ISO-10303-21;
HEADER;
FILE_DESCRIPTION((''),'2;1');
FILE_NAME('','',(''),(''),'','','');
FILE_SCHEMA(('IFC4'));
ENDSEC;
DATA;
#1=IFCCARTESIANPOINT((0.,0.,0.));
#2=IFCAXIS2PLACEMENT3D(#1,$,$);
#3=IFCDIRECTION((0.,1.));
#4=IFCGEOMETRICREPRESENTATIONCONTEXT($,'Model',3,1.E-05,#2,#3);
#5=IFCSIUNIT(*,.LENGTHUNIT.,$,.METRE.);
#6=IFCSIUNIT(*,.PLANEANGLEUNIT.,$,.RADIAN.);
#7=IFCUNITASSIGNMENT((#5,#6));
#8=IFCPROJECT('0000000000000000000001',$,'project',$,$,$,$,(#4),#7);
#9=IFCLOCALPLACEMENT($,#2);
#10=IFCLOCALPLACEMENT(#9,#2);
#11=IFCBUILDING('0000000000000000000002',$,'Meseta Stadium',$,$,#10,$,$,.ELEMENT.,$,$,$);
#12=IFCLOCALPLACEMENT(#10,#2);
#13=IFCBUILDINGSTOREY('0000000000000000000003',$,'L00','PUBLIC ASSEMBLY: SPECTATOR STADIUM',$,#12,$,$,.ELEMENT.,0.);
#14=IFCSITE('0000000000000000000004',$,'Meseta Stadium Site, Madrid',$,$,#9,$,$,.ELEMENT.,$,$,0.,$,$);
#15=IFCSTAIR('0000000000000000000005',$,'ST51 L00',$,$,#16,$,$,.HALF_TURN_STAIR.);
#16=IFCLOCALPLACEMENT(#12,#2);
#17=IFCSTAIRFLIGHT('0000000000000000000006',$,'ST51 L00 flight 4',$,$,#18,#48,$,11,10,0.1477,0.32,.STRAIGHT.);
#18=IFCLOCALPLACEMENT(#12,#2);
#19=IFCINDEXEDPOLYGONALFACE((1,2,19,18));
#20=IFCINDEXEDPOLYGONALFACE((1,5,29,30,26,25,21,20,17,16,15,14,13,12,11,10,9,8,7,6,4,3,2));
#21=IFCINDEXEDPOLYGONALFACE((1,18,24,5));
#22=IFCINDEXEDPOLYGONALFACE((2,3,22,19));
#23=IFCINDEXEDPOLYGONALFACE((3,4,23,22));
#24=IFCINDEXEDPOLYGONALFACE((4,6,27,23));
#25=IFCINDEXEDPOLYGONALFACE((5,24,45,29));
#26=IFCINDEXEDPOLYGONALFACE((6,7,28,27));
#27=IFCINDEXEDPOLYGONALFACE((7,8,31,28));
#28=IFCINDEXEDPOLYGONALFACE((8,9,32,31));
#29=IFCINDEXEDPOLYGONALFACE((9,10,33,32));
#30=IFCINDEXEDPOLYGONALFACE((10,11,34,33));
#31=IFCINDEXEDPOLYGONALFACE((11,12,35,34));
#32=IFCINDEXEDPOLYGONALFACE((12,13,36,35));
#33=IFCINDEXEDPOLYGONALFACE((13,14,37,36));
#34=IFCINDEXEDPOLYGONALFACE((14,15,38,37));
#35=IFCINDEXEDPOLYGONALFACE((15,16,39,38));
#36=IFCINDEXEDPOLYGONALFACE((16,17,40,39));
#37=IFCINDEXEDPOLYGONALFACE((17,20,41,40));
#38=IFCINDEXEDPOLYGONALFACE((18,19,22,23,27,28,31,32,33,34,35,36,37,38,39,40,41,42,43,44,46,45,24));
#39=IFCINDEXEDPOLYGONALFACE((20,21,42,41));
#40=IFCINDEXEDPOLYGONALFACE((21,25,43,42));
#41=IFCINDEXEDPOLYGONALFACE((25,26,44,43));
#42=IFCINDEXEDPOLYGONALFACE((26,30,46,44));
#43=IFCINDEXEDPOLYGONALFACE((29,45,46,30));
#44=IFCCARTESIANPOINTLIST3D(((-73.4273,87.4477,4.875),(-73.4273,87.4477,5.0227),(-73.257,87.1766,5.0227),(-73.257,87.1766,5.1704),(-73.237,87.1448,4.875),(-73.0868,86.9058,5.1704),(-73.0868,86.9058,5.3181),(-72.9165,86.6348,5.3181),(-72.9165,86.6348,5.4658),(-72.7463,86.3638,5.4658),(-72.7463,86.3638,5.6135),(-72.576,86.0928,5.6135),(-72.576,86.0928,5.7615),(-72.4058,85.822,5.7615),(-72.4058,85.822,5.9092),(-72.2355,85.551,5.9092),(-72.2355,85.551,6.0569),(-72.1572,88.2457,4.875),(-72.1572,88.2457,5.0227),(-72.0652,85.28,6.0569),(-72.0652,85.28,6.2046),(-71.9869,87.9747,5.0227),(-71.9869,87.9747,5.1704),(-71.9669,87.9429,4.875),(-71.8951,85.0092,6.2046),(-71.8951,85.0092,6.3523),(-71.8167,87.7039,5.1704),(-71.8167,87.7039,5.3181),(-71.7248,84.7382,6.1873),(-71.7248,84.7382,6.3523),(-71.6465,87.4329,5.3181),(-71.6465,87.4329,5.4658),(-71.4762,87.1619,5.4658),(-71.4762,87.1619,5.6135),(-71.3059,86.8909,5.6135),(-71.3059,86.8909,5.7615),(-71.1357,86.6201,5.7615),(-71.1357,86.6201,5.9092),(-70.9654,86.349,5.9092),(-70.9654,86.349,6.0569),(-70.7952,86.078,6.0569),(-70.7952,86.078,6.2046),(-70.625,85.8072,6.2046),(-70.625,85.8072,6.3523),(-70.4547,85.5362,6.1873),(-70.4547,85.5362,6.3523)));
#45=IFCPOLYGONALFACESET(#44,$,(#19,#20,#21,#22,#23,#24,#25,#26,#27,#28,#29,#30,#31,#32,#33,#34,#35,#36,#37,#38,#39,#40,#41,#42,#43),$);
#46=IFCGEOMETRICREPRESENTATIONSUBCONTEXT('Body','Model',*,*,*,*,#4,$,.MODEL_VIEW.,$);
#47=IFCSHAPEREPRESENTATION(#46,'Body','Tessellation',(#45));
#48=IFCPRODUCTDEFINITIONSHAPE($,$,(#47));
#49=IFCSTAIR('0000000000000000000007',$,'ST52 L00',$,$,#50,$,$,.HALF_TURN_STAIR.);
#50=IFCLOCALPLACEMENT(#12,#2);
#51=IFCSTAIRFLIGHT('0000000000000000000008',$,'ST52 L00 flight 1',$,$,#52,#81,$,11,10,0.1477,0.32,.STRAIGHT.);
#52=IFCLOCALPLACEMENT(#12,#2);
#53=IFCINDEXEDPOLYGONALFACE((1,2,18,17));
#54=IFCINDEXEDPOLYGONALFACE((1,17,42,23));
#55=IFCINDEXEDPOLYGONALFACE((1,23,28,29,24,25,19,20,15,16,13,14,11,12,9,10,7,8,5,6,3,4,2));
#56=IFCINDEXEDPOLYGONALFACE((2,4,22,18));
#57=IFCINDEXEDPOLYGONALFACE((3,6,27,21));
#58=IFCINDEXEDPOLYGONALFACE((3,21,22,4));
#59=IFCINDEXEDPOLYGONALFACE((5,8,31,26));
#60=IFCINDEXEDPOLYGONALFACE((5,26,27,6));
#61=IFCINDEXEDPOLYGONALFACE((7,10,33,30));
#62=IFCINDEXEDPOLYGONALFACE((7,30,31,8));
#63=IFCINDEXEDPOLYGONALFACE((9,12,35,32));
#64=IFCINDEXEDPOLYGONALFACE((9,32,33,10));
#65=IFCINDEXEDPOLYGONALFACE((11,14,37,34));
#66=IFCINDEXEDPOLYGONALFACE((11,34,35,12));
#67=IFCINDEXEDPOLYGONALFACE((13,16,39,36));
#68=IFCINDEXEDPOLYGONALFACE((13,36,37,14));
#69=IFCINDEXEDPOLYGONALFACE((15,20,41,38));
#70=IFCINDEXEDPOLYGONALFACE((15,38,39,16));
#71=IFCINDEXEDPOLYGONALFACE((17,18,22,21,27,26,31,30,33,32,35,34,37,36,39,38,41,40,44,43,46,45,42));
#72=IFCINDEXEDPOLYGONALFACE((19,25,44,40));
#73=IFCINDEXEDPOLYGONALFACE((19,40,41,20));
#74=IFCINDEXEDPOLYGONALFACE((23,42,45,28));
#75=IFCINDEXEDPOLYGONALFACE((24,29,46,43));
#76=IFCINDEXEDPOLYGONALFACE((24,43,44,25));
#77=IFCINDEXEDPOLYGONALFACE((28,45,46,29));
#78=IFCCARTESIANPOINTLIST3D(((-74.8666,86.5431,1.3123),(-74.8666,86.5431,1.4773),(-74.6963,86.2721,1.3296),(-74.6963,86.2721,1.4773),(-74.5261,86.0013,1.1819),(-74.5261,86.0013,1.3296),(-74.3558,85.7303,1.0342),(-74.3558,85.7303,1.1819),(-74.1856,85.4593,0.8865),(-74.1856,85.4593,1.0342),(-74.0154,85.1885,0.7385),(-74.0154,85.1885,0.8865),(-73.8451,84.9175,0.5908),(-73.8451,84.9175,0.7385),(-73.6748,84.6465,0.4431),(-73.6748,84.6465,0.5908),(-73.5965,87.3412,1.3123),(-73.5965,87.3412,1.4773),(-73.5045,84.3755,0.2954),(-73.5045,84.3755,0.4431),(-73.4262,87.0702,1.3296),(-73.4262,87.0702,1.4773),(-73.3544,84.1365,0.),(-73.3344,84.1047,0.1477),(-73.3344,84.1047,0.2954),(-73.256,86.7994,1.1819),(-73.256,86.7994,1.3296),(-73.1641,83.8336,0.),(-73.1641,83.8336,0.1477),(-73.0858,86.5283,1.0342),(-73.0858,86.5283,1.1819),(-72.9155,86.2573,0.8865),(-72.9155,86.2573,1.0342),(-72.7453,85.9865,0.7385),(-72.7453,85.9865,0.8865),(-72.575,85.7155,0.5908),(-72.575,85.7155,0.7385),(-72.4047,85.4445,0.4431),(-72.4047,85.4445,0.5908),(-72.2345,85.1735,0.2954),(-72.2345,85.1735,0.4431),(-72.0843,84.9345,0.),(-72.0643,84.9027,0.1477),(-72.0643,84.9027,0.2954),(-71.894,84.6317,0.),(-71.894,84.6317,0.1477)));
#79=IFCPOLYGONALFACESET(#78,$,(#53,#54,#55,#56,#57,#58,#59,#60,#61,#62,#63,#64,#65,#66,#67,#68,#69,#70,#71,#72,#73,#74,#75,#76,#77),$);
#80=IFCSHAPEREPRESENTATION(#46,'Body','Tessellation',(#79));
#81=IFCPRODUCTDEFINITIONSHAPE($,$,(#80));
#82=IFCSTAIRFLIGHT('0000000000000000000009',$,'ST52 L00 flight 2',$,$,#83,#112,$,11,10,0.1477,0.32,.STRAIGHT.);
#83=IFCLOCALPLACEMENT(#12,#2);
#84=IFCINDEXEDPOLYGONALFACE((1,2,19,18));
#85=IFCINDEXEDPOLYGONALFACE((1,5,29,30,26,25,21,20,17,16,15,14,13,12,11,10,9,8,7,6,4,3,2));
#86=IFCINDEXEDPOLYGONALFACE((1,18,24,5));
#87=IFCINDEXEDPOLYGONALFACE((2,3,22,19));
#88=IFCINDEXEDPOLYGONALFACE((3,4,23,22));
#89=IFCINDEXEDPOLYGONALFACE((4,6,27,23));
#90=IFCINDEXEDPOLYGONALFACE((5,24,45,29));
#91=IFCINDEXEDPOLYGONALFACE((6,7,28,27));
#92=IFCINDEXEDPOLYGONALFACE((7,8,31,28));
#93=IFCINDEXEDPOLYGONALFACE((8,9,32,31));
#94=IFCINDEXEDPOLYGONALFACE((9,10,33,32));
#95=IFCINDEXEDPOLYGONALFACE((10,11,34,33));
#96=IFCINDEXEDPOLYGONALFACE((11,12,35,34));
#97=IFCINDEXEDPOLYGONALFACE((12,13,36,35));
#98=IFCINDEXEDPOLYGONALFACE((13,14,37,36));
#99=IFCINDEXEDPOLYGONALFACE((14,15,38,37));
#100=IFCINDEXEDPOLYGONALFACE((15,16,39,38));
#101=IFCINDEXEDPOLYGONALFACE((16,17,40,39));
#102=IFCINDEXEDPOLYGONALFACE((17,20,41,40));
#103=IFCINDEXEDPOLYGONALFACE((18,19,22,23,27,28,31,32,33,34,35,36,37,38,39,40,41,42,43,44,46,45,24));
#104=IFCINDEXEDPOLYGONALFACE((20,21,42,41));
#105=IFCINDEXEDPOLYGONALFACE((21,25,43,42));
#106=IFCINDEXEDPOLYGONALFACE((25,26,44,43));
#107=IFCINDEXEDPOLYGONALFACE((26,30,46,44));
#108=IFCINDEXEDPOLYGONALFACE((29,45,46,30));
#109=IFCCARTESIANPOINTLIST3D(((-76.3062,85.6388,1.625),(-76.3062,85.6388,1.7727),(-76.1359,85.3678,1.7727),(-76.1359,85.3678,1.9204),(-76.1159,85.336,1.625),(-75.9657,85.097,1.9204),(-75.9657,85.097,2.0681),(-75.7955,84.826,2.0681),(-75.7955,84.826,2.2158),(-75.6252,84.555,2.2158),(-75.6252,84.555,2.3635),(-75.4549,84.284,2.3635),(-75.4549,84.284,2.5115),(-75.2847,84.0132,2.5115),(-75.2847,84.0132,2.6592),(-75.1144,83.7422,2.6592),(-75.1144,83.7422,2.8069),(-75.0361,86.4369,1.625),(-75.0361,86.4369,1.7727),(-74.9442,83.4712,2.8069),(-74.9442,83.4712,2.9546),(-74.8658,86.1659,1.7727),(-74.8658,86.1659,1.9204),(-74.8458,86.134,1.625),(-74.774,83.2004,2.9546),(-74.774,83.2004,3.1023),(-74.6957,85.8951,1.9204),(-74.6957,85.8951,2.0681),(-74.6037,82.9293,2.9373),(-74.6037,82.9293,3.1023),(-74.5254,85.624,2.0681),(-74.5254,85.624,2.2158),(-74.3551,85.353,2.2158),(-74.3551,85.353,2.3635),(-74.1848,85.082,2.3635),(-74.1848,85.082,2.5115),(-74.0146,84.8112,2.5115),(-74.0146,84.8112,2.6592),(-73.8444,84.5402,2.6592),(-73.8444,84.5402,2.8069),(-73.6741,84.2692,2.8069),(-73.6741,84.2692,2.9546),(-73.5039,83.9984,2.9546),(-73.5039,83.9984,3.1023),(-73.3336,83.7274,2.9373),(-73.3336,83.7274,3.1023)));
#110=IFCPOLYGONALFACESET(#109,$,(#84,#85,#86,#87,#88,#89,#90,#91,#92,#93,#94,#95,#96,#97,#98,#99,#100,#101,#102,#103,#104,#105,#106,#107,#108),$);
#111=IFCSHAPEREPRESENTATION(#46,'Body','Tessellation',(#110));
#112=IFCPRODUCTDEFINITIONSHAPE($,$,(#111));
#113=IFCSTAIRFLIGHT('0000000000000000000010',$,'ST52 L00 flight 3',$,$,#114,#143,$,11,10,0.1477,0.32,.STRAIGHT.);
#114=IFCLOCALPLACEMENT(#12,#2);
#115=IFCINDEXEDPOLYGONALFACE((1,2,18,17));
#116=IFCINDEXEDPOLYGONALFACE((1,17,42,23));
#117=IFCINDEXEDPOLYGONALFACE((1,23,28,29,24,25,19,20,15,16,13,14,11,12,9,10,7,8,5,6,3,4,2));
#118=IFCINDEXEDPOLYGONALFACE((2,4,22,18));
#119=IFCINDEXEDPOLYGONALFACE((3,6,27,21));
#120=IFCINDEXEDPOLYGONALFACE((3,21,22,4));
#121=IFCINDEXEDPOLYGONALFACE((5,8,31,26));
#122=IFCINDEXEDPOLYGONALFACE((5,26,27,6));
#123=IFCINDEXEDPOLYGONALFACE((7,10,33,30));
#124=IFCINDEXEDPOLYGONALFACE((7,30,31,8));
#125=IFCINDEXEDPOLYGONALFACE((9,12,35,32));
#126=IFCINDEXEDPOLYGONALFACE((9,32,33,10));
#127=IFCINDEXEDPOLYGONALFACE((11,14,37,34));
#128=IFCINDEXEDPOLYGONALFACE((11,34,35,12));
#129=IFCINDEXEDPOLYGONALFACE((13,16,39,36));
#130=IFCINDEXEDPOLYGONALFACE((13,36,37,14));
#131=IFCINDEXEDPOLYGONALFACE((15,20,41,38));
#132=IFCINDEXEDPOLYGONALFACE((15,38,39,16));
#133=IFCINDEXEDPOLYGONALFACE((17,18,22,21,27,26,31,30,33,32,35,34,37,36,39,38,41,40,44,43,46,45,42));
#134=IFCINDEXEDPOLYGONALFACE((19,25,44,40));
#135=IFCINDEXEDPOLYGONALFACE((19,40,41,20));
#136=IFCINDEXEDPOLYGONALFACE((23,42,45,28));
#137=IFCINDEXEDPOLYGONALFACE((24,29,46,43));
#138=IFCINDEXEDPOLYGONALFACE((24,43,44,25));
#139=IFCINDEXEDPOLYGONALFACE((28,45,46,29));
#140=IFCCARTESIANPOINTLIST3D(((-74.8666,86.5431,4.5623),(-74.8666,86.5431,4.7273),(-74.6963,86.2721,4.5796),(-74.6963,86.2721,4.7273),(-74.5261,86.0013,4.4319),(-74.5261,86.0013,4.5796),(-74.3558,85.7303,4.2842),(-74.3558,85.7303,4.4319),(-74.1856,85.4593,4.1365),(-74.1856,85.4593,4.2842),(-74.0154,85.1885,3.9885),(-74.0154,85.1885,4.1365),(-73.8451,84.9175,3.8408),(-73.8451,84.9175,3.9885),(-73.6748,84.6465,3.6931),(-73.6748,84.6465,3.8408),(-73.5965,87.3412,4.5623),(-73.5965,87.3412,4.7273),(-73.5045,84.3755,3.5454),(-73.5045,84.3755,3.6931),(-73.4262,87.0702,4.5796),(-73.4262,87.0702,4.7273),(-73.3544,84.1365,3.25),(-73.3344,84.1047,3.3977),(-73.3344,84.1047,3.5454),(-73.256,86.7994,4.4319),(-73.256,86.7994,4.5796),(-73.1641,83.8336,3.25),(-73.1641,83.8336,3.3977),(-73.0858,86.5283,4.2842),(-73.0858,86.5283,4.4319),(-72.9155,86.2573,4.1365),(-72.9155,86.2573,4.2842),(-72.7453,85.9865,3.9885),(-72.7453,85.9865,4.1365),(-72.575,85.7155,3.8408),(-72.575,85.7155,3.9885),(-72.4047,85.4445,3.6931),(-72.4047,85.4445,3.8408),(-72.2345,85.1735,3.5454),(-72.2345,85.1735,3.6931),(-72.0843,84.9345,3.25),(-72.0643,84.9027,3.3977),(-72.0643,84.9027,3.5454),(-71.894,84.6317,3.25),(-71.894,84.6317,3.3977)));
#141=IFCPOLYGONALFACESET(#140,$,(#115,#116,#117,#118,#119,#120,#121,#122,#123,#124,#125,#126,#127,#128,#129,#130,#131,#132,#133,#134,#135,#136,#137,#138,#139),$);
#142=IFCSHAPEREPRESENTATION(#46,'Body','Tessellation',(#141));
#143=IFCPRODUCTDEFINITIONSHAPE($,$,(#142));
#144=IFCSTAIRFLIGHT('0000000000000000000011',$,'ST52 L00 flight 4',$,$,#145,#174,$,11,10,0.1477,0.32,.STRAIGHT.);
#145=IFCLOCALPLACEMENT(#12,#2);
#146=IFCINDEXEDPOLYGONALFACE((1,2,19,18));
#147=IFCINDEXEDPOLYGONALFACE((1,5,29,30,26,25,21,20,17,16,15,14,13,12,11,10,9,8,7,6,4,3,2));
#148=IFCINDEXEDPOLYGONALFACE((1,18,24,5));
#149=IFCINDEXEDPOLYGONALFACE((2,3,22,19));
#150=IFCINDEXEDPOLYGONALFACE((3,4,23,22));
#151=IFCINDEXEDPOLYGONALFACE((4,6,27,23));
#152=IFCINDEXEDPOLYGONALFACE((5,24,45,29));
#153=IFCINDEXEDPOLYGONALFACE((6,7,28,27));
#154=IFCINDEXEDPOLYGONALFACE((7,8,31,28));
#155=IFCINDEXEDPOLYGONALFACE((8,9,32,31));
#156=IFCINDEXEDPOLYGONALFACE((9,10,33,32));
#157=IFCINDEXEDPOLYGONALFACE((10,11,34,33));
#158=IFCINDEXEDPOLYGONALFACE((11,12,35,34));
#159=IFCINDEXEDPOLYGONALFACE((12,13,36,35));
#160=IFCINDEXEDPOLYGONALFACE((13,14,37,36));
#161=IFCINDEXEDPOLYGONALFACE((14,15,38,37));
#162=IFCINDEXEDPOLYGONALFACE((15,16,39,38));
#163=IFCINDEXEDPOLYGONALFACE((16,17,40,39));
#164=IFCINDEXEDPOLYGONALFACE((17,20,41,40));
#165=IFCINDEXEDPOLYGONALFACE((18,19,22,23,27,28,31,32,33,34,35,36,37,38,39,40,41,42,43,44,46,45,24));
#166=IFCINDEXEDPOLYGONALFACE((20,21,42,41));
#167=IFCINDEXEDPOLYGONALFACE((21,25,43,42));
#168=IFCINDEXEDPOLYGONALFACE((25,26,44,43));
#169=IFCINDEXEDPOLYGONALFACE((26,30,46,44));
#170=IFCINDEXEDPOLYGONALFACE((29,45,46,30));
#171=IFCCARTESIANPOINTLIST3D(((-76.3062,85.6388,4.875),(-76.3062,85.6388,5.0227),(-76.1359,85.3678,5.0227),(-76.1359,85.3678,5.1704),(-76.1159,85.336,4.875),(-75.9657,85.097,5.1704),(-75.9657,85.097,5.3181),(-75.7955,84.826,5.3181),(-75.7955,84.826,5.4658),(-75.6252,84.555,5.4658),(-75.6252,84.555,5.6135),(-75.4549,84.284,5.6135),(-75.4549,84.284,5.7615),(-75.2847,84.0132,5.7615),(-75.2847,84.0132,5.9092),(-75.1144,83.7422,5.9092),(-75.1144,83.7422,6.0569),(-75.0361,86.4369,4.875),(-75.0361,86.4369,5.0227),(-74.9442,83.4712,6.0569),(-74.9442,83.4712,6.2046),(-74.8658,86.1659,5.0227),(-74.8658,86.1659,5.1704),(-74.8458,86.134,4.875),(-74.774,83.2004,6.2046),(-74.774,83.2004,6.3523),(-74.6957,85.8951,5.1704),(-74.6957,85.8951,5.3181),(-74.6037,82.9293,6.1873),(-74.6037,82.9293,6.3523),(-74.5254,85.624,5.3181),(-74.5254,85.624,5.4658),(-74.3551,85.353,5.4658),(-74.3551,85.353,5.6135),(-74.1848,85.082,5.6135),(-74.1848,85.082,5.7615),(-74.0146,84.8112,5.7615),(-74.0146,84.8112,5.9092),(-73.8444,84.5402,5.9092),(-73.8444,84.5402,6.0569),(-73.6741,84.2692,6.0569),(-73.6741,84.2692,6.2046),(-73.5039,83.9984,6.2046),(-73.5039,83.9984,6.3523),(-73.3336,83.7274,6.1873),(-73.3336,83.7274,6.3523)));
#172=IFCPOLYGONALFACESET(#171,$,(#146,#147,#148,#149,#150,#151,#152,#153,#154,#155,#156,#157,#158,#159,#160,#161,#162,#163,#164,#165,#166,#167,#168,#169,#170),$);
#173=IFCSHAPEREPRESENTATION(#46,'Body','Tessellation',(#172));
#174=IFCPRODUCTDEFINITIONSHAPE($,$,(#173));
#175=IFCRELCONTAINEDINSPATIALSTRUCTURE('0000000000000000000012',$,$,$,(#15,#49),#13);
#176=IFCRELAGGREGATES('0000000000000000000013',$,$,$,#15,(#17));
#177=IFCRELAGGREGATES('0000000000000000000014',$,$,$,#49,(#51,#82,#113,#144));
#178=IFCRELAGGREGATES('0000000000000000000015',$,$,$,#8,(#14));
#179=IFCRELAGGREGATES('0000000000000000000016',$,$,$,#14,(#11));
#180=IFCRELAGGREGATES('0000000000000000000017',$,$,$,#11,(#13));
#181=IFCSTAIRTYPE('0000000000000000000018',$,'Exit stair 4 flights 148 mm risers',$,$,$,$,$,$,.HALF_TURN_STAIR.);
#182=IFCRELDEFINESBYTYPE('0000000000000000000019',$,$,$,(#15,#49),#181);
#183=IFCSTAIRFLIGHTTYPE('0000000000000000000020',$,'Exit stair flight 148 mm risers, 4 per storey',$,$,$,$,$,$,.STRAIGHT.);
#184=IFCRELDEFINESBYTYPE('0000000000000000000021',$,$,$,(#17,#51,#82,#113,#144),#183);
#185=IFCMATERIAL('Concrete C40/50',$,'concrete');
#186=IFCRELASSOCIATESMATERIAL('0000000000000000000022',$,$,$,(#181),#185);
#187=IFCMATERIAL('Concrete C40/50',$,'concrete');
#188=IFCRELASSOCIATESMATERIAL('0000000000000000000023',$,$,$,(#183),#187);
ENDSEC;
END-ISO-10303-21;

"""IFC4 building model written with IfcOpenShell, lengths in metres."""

from ifc_helpers import new_model, si_unit, direction, frame, origin, place, context, subcontext, project, spatial, polyline, outline, extrude, material, type_object, element, aggregate, save


model = new_model("IFC4")

# Units and contexts
model_context = context("Model", 3, precision=1e-05, world=origin(), true_north=direction((0.0, 1.0)))
body_context = subcontext(model_context, "Body", "Model", "MODEL_VIEW")
ifc_project = project(units=[si_unit("LENGTHUNIT", "METRE"), si_unit("PLANEANGLEUNIT", "RADIAN")], contexts=[model_context])

# Site, building, storey
site_placement = place(None, origin())
site = spatial("IfcSite", under=ifc_project, at=site_placement, Name="Meseta Stadium Site, Madrid", CompositionType="ELEMENT", RefElevation=0.0)
building_placement = place(site_placement, origin())
building = spatial("IfcBuilding", under=site, at=building_placement, Name="Meseta Stadium", CompositionType="ELEMENT")
storey_placement = place(building_placement, origin())
storey = spatial("IfcBuildingStorey", under=building, at=storey_placement, Name="L00", Description="PUBLIC ASSEMBLY: SPECTATOR STADIUM", CompositionType="ELEMENT", Elevation=0.0)

# Stairs, stair flights
ifc_material_1 = material(Name="Concrete C40/50", Category="concrete")
stair_type = type_object("IfcStairType", Name="Exit stair 4 flights 148 mm risers", PredefinedType="HALF_TURN_STAIR", material=ifc_material_1)
stair_1_placement = place(storey_placement, origin())
stair_1 = element("IfcStair", 1, at=stair_1_placement, inside=storey, type_object=stair_type, Name="ST51 L00", PredefinedType="HALF_TURN_STAIR")
ifc_material_2 = material(Name="Concrete C40/50", Category="concrete")
stair_flight_type = type_object("IfcStairFlightType", Name="Exit stair flight 148 mm risers, 4 per storey", PredefinedType="STRAIGHT", material=ifc_material_2)
stair_flight_1_placement = place(storey_placement, frame((-72.7922, 87.8467, 4.875), z_axis=(0.0, 0.0, 1.0), x_axis=(0.532032, -0.846724, 0.0)))
stair_flight_1 = element("IfcStairFlight", 2, at=stair_flight_1_placement, type_object=stair_flight_type, Name="ST51 L00 flight 4", NumberOfRisers=11, NumberOfTreads=10, PredefinedType="STRAIGHT", RiserHeight=0.1477, TreadLength=0.32, context=body_context, shape_type="SweptSolid", body=[
    extrude(outline(polyline([(0.0, 0.0), (0.0, 0.1477), (0.3201, 0.1477), (0.3201, 0.2954), (0.6399, 0.2954), (0.6399, 0.4431), (0.96, 0.4431), (0.96, 0.5908), (1.28, 0.5908), (1.28, 0.7385), (1.6001, 0.7385), (1.6001, 0.8865), (1.9199, 0.8865), (1.9199, 1.0342), (2.24, 1.0342), (2.24, 1.1819), (2.5601, 1.1819), (2.5601, 1.3296), (2.8799, 1.3296), (2.8799, 1.4773), (3.2, 1.4773), (3.2, 1.3123), (0.3577, 0.0), (0.0, 0.0)])), frame((0.0, 0.75, 0.0), z_axis=(0.0, -1.0, 0.0), x_axis=(1.0, 0.0, 0.0)), (0.0, 0.0, 1.0), 1.5),
])
aggregate(stair_1, [stair_flight_1])
stair_2_placement = place(storey_placement, origin())
stair_2 = element("IfcStair", 3, at=stair_2_placement, inside=storey, type_object=stair_type, Name="ST52 L00", PredefinedType="HALF_TURN_STAIR")
stair_flight_2_placement = place(storey_placement, frame((-72.5291, 84.2327, 0.0), z_axis=(0.0, 0.0, 1.0), x_axis=(-0.532032, 0.846724, 0.0)))
stair_flight_2 = element("IfcStairFlight", 4, at=stair_flight_2_placement, type_object=stair_flight_type, Name="ST52 L00 flight 1", NumberOfRisers=11, NumberOfTreads=10, PredefinedType="STRAIGHT", RiserHeight=0.1477, TreadLength=0.32, context=body_context, shape_type="SweptSolid", body=[
    extrude(outline(polyline([(0.0, 0.0), (0.0, 0.1477), (0.3201, 0.1477), (0.3201, 0.2954), (0.6399, 0.2954), (0.6399, 0.4431), (0.96, 0.4431), (0.96, 0.5908), (1.28, 0.5908), (1.28, 0.7385), (1.6001, 0.7385), (1.6001, 0.8865), (1.9199, 0.8865), (1.9199, 1.0342), (2.24, 1.0342), (2.24, 1.1819), (2.5601, 1.1819), (2.5601, 1.3296), (2.8799, 1.3296), (2.8799, 1.4773), (3.2, 1.4773), (3.2, 1.3123), (0.3577, 0.0), (0.0, 0.0)])), frame((0.0, 0.75, 0.0), z_axis=(0.0, -1.0, 0.0), x_axis=(1.0, 0.0, 0.0)), (0.0, 0.0, 1.0), 1.5),
])
stair_flight_3_placement = place(storey_placement, frame((-75.6711, 86.0378, 1.625), z_axis=(0.0, 0.0, 1.0), x_axis=(0.532032, -0.846724, 0.0)))
stair_flight_3 = element("IfcStairFlight", 5, at=stair_flight_3_placement, type_object=stair_flight_type, Name="ST52 L00 flight 2", NumberOfRisers=11, NumberOfTreads=10, PredefinedType="STRAIGHT", RiserHeight=0.1477, TreadLength=0.32, context=body_context, shape_type="SweptSolid", body=[
    extrude(outline(polyline([(0.0, 0.0), (0.0, 0.1477), (0.3201, 0.1477), (0.3201, 0.2954), (0.6399, 0.2954), (0.6399, 0.4431), (0.96, 0.4431), (0.96, 0.5908), (1.28, 0.5908), (1.28, 0.7385), (1.6001, 0.7385), (1.6001, 0.8865), (1.9199, 0.8865), (1.9199, 1.0342), (2.24, 1.0342), (2.24, 1.1819), (2.5601, 1.1819), (2.5601, 1.3296), (2.8799, 1.3296), (2.8799, 1.4773), (3.2, 1.4773), (3.2, 1.3123), (0.3577, 0.0), (0.0, 0.0)])), frame((0.0, 0.75, 0.0), z_axis=(0.0, -1.0, 0.0), x_axis=(1.0, 0.0, 0.0)), (0.0, 0.0, 1.0), 1.5),
])
stair_flight_4_placement = place(storey_placement, frame((-72.5291, 84.2327, 3.25), z_axis=(0.0, 0.0, 1.0), x_axis=(-0.532032, 0.846724, 0.0)))
stair_flight_4 = element("IfcStairFlight", 6, at=stair_flight_4_placement, type_object=stair_flight_type, Name="ST52 L00 flight 3", NumberOfRisers=11, NumberOfTreads=10, PredefinedType="STRAIGHT", RiserHeight=0.1477, TreadLength=0.32, context=body_context, shape_type="SweptSolid", body=[
    extrude(outline(polyline([(0.0, 0.0), (0.0, 0.1477), (0.3201, 0.1477), (0.3201, 0.2954), (0.6399, 0.2954), (0.6399, 0.4431), (0.96, 0.4431), (0.96, 0.5908), (1.28, 0.5908), (1.28, 0.7385), (1.6001, 0.7385), (1.6001, 0.8865), (1.9199, 0.8865), (1.9199, 1.0342), (2.24, 1.0342), (2.24, 1.1819), (2.5601, 1.1819), (2.5601, 1.3296), (2.8799, 1.3296), (2.8799, 1.4773), (3.2, 1.4773), (3.2, 1.3123), (0.3577, 0.0), (0.0, 0.0)])), frame((0.0, 0.75, 0.0), z_axis=(0.0, -1.0, 0.0), x_axis=(1.0, 0.0, 0.0)), (0.0, 0.0, 1.0), 1.5),
])
stair_flight_5_placement = place(storey_placement, frame((-75.6711, 86.0378, 4.875), z_axis=(0.0, 0.0, 1.0), x_axis=(0.532032, -0.846724, 0.0)))
stair_flight_5 = element("IfcStairFlight", 7, at=stair_flight_5_placement, type_object=stair_flight_type, Name="ST52 L00 flight 4", NumberOfRisers=11, NumberOfTreads=10, PredefinedType="STRAIGHT", RiserHeight=0.1477, TreadLength=0.32, context=body_context, shape_type="SweptSolid", body=[
    extrude(outline(polyline([(0.0, 0.0), (0.0, 0.1477), (0.3201, 0.1477), (0.3201, 0.2954), (0.6399, 0.2954), (0.6399, 0.4431), (0.96, 0.4431), (0.96, 0.5908), (1.28, 0.5908), (1.28, 0.7385), (1.6001, 0.7385), (1.6001, 0.8865), (1.9199, 0.8865), (1.9199, 1.0342), (2.24, 1.0342), (2.24, 1.1819), (2.5601, 1.1819), (2.5601, 1.3296), (2.8799, 1.3296), (2.8799, 1.4773), (3.2, 1.4773), (3.2, 1.3123), (0.3577, 0.0), (0.0, 0.0)])), frame((0.0, 0.75, 0.0), z_axis=(0.0, -1.0, 0.0), x_axis=(1.0, 0.0, 0.0)), (0.0, 0.0, 1.0), 1.5),
])
aggregate(stair_2, [stair_flight_2, stair_flight_3, stair_flight_4, stair_flight_5])

save(model, "model.ifc")
